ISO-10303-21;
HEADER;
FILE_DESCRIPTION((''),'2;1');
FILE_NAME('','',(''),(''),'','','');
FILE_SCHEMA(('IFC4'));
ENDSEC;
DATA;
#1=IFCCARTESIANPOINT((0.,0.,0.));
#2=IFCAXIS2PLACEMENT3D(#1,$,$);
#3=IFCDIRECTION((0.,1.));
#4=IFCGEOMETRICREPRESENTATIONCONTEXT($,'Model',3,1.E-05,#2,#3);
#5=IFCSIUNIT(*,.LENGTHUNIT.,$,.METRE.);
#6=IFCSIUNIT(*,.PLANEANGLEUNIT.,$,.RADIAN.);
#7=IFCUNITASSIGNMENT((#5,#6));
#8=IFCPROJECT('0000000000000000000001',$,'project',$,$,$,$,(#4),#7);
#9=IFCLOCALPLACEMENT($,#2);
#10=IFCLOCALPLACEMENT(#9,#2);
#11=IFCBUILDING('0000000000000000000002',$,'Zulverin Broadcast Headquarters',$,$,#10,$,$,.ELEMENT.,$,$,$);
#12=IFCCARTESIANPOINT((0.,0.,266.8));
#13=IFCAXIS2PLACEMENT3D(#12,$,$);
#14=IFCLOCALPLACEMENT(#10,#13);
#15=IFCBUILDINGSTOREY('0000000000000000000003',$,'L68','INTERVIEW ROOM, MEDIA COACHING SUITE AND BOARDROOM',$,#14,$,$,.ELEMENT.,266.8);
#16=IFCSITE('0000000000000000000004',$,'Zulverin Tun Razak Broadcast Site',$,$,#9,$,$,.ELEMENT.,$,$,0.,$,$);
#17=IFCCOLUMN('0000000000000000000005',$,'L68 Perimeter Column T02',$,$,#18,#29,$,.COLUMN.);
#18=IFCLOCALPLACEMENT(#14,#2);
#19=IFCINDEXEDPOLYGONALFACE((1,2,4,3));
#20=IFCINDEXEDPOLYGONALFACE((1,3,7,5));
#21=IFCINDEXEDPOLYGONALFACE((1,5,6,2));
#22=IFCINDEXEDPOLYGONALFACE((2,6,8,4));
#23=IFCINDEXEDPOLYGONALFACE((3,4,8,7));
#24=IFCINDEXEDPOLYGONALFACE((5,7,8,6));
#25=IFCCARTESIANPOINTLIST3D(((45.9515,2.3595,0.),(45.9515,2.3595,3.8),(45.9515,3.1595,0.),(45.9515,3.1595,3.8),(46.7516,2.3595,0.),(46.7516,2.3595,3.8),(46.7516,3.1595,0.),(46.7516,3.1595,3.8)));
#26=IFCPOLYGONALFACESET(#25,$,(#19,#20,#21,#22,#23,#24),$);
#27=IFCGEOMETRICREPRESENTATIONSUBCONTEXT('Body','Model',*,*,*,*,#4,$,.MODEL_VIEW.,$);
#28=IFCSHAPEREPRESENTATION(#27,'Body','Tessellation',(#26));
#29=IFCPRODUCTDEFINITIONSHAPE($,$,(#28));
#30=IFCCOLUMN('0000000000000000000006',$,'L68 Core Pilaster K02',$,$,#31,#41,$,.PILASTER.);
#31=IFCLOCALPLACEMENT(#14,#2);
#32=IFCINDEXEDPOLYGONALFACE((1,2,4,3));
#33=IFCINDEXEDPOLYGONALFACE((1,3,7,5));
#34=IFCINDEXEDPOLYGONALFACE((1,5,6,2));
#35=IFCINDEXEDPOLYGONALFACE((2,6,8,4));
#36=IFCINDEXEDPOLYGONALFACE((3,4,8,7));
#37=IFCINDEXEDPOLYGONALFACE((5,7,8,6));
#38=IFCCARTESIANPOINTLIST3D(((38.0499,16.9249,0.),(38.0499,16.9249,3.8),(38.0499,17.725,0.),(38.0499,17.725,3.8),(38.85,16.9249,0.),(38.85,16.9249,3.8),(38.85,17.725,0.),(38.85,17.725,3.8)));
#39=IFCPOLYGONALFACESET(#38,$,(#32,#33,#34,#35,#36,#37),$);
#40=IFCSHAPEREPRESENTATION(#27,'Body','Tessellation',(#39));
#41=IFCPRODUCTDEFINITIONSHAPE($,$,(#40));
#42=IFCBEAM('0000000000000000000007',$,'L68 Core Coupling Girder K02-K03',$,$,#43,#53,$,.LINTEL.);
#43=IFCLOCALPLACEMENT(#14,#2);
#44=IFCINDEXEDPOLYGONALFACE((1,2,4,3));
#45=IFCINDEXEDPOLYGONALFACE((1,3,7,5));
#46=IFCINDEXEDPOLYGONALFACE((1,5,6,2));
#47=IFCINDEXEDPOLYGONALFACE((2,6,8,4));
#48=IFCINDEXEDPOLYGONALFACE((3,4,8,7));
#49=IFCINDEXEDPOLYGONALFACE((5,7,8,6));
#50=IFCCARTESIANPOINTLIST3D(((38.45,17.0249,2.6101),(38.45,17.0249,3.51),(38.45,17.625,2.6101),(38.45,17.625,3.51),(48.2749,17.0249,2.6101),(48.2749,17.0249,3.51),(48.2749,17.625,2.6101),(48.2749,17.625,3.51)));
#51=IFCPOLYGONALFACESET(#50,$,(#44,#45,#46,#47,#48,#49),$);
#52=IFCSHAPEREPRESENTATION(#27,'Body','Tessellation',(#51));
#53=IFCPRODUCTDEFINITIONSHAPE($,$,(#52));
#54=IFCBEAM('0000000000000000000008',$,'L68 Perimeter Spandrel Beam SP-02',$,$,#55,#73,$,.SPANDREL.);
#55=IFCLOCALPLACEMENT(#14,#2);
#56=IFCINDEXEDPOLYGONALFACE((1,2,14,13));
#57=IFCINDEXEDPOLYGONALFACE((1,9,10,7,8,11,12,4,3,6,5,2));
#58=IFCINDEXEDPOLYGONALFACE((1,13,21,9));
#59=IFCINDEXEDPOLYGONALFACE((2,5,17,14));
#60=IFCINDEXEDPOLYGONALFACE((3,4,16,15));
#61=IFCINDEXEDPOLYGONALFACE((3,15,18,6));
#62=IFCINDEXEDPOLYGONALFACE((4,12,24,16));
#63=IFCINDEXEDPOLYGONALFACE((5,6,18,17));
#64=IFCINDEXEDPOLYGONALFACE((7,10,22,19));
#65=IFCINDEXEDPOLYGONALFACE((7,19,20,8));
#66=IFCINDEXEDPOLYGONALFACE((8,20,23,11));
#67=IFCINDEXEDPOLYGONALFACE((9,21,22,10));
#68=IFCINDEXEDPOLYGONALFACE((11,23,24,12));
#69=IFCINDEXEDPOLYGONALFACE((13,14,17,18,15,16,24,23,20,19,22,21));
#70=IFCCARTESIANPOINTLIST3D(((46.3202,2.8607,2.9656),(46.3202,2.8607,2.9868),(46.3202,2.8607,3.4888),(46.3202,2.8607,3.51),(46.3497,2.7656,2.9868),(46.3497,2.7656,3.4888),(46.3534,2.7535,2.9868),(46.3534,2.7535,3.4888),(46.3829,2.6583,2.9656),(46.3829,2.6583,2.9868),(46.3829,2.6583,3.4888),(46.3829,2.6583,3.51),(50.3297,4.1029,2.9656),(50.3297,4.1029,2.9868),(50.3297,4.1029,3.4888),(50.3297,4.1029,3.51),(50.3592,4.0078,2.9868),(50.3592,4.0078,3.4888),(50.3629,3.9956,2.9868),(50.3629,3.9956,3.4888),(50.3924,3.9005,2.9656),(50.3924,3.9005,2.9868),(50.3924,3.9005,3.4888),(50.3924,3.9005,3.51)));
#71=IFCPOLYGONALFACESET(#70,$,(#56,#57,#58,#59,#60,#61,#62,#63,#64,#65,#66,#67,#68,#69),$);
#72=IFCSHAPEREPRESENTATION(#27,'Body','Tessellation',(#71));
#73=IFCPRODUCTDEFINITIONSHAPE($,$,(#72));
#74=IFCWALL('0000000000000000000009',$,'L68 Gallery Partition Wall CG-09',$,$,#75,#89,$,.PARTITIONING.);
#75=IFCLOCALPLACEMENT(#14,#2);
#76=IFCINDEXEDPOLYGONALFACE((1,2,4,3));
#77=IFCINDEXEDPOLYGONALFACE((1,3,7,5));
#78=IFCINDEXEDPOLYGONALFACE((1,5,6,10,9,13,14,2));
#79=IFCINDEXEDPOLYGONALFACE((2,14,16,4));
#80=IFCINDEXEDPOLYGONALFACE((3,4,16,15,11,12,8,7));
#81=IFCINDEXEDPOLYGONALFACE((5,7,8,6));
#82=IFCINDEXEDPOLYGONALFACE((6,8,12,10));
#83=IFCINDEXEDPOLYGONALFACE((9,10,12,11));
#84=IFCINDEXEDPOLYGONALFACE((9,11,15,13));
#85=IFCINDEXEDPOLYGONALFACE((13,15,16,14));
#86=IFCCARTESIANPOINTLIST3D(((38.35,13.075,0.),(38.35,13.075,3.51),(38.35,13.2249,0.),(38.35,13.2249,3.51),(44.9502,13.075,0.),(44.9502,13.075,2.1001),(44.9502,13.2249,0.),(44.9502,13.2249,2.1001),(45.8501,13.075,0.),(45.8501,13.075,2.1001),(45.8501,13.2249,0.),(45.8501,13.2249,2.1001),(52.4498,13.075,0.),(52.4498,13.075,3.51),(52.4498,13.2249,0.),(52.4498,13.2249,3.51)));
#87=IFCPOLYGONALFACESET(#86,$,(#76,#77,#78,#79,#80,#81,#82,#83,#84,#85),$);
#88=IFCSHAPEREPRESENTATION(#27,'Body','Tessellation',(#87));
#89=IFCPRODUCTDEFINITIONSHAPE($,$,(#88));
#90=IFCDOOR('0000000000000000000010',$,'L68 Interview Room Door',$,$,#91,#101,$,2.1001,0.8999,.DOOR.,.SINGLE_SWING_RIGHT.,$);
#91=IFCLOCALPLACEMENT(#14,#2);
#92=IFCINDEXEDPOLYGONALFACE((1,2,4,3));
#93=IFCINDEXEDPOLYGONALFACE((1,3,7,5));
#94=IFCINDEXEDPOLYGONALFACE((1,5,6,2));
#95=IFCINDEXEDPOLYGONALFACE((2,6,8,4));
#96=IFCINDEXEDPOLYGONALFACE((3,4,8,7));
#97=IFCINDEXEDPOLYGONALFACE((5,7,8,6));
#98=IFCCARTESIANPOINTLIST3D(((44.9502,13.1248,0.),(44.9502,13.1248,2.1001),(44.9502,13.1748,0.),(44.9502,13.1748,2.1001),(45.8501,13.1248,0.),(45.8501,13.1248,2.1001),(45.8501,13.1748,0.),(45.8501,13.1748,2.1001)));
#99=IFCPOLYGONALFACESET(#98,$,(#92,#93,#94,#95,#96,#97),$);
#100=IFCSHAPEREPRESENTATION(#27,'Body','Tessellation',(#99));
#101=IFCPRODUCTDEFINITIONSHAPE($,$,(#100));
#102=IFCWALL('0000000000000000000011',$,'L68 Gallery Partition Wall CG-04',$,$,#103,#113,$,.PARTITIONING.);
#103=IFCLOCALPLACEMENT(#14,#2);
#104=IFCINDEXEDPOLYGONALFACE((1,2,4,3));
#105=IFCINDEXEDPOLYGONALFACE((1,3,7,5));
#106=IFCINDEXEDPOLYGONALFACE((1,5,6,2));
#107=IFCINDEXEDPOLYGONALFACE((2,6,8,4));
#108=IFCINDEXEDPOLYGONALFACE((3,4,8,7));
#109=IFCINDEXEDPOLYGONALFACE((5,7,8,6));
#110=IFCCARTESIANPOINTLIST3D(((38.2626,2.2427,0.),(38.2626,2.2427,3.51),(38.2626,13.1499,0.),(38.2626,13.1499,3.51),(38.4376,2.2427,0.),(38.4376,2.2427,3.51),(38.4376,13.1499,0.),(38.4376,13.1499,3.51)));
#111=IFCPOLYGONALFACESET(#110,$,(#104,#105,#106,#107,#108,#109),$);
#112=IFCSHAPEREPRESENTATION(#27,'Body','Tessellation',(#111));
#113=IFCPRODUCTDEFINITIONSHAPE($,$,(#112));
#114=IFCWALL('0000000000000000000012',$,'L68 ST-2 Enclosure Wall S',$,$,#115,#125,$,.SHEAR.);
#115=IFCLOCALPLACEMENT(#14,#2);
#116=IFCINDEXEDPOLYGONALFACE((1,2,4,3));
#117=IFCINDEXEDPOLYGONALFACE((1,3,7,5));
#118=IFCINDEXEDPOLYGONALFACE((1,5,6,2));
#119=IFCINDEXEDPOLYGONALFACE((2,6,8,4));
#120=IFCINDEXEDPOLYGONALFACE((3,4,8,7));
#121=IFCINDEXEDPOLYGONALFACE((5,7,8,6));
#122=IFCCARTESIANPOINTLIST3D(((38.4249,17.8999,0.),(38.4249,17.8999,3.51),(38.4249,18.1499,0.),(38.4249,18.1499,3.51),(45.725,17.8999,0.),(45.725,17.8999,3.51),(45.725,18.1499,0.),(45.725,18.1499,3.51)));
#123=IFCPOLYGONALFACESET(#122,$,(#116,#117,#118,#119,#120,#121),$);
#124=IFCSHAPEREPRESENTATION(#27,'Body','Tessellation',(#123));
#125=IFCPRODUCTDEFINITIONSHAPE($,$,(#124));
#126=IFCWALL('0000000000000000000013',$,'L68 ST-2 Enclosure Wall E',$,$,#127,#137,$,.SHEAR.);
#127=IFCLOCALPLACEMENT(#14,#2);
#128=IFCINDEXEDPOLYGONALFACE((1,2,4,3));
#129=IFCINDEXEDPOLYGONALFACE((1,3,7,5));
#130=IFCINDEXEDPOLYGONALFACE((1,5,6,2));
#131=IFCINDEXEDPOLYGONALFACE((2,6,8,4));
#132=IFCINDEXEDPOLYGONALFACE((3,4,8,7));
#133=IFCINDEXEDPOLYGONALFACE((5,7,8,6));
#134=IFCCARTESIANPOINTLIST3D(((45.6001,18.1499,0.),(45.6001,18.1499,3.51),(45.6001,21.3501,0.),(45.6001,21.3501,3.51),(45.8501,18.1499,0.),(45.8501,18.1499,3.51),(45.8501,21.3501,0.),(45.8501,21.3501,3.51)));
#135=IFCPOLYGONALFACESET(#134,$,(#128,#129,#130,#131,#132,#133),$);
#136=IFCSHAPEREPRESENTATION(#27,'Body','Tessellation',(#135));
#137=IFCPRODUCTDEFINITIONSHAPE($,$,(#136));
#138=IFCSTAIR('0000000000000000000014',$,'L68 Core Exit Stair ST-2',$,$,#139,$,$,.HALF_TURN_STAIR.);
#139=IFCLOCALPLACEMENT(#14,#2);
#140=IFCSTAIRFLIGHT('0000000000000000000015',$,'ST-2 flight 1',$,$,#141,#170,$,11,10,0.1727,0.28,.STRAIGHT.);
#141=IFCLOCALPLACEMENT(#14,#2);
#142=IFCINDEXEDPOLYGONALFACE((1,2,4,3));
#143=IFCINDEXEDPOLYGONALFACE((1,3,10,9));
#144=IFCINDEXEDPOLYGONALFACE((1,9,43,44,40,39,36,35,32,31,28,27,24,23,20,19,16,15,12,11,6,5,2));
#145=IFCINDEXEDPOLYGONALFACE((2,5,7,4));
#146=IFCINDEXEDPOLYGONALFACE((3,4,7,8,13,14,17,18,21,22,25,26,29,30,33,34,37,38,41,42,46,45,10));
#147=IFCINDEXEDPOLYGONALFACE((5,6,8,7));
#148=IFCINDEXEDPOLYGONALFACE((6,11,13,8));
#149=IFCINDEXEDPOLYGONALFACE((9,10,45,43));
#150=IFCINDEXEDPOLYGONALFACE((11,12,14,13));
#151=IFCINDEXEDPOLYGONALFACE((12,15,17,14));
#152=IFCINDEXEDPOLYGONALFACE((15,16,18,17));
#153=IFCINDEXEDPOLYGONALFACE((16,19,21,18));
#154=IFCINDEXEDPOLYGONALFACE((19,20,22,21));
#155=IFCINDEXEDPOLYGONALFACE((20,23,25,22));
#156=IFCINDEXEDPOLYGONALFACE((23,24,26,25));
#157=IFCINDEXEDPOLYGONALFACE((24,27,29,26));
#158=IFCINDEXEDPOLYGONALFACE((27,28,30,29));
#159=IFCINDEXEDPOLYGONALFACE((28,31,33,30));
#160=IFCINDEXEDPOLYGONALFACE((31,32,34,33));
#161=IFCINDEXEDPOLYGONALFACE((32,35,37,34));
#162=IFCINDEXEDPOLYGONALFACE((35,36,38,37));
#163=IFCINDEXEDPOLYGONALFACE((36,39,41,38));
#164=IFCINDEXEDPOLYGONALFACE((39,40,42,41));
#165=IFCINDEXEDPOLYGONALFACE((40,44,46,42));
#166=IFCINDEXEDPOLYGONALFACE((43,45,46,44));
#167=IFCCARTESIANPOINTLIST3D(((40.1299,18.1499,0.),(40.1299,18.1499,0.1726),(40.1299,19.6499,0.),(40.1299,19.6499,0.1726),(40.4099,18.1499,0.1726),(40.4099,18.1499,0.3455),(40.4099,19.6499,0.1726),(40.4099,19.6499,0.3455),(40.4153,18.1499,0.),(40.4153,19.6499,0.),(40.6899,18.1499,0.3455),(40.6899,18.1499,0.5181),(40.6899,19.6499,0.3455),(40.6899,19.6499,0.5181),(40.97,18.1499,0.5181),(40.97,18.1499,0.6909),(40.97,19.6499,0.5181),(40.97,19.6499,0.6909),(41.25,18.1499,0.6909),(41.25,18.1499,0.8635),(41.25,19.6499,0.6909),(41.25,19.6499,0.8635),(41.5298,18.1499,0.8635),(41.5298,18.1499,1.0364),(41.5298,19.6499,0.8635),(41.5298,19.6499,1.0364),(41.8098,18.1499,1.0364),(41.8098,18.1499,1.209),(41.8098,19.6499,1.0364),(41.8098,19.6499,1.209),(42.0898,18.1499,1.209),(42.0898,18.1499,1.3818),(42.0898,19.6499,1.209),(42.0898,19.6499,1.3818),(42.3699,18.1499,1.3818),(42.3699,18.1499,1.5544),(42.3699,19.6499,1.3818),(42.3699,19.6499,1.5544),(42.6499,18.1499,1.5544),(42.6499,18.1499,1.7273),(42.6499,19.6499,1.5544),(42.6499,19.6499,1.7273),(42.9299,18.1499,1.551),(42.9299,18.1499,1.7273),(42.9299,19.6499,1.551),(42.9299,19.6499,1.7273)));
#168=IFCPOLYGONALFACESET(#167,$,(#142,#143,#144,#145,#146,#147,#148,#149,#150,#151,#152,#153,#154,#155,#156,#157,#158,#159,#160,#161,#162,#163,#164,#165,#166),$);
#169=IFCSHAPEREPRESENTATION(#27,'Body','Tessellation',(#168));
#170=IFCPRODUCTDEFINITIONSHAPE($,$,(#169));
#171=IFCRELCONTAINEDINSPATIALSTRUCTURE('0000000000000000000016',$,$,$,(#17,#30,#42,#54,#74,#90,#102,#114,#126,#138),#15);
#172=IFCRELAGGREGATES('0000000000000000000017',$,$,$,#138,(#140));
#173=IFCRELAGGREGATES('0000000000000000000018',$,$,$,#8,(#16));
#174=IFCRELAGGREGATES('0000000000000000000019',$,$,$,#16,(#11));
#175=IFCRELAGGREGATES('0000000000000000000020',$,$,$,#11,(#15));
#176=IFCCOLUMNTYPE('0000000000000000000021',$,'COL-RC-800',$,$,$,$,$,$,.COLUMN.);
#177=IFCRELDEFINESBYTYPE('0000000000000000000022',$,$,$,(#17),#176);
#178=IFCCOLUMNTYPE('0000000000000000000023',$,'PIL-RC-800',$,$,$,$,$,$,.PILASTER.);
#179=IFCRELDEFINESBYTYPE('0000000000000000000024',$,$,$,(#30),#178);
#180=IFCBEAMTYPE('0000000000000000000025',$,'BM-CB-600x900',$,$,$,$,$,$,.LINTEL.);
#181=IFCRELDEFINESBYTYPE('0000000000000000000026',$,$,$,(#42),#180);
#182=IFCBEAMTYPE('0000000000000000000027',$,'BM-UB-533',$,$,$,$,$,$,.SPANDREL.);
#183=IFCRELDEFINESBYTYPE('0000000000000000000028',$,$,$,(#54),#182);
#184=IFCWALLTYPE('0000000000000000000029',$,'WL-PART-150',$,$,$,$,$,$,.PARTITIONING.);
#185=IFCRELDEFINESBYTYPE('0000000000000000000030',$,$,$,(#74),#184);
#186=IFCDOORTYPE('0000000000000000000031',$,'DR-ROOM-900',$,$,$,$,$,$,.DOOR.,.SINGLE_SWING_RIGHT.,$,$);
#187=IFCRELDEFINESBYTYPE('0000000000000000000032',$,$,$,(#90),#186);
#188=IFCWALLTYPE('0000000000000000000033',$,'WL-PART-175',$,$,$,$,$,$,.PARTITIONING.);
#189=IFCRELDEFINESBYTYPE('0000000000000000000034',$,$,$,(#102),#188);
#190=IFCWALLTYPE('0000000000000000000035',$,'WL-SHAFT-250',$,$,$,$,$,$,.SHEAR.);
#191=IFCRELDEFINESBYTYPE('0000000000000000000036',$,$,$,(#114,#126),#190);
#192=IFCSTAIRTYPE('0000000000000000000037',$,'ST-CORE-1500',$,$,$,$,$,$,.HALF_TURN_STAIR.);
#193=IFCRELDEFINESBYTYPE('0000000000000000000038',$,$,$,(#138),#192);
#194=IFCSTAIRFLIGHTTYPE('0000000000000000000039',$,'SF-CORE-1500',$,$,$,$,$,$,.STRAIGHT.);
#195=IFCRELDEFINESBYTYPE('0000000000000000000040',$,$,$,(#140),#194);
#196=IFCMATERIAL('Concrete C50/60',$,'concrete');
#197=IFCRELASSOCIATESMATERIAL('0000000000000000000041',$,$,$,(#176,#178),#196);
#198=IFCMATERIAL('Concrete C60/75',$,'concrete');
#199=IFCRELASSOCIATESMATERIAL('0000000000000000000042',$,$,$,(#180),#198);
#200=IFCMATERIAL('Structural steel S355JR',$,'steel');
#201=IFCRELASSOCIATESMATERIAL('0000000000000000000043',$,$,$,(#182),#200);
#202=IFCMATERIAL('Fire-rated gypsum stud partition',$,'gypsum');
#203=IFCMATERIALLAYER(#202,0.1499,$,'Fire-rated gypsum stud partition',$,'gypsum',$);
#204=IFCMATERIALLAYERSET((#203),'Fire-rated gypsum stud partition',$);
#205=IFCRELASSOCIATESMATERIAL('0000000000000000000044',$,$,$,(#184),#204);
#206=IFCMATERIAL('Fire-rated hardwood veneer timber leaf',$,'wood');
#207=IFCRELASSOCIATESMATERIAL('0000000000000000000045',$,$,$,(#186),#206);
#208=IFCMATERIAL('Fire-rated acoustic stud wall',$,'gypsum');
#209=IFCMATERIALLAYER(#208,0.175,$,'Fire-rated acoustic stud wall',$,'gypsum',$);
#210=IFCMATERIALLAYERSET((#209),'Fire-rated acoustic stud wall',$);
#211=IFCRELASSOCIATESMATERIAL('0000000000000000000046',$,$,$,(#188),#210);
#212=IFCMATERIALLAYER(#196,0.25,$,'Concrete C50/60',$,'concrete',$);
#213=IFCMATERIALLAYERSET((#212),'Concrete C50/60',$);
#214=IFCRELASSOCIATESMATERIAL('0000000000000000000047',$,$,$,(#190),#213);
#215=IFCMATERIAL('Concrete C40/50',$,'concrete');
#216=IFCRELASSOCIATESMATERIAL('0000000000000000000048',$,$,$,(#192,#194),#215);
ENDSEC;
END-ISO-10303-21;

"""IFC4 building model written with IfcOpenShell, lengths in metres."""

from ifc_helpers import new_model, si_unit, direction, frame, frame_2d, origin, origin_2d, place, context, subcontext, project, spatial, polyline, rectangle, i_section, outline, extrude, material, layer, layer_set, material_profile, profile_set, type_object, element, fill, aggregate, save


model = new_model("IFC4")

# Units and contexts
model_context = context("Model", 3, precision=1e-05, world=origin(), true_north=direction((0.0, 1.0)))
body_context = subcontext(model_context, "Body", "Model", "MODEL_VIEW")
ifc_project = project(units=[si_unit("LENGTHUNIT", "METRE"), si_unit("PLANEANGLEUNIT", "RADIAN")], contexts=[model_context])

# Site, building, storey
site_placement = place(None, origin())
site = spatial("IfcSite", under=ifc_project, at=site_placement, Name="Zulverin Tun Razak Broadcast Site", CompositionType="ELEMENT", RefElevation=0.0)
building_placement = place(site_placement, origin())
building = spatial("IfcBuilding", under=site, at=building_placement, Name="Zulverin Broadcast Headquarters", CompositionType="ELEMENT")
storey_placement = place(building_placement, frame((0.0, 0.0, 266.8)))
storey = spatial("IfcBuildingStorey", under=building, at=storey_placement, Name="L68", Description="INTERVIEW ROOM, MEDIA COACHING SUITE AND BOARDROOM", CompositionType="ELEMENT", Elevation=266.8)

# Columns
ifc_material_1 = material(Name="Concrete C50/60", Category="concrete")
ifc_material_profile_1 = material_profile(ifc_material_1, rectangle(XDim=0.8, YDim=0.8, at=origin_2d()), Name="Concrete C50/60", Category="concrete")
ifc_profile_set_1 = profile_set([ifc_material_profile_1], Name="Concrete C50/60")
column_type_1 = type_object("IfcColumnType", Name="COL-RC-800", PredefinedType="COLUMN", material=ifc_profile_set_1)
column_1_placement = place(storey_placement, frame((46.3516, 2.7595, 0.0), z_axis=(0.0, 0.0, 1.0), x_axis=(1.0, 0.0, 0.0)))
element("IfcColumn", 1, at=column_1_placement, inside=storey, type_object=column_type_1, Name="L68 Perimeter Column T02", PredefinedType="COLUMN", context=body_context, shape_type="SweptSolid", body=[
    extrude(rectangle(XDim=0.8, YDim=0.8, at=origin_2d()), origin(), (0.0, 0.0, 1.0), 3.8),
])
ifc_material_profile_2 = material_profile(ifc_material_1, rectangle(XDim=0.8, YDim=0.8, at=origin_2d()), Name="Concrete C50/60", Category="concrete")
ifc_profile_set_2 = profile_set([ifc_material_profile_2], Name="Concrete C50/60")
column_type_2 = type_object("IfcColumnType", Name="PIL-RC-800", PredefinedType="PILASTER", material=ifc_profile_set_2)
column_2_placement = place(storey_placement, frame((38.45, 17.325, 0.0), z_axis=(0.0, 0.0, 1.0), x_axis=(1.0, 0.0, 0.0)))
element("IfcColumn", 2, at=column_2_placement, inside=storey, type_object=column_type_2, Name="L68 Core Pilaster K02", PredefinedType="PILASTER", context=body_context, shape_type="SweptSolid", body=[
    extrude(rectangle(XDim=0.8, YDim=0.8, at=origin_2d()), origin(), (0.0, 0.0, 1.0), 3.8),
])

# Beams
ifc_material_2 = material(Name="Concrete C60/75", Category="concrete")
ifc_material_profile_3 = material_profile(ifc_material_2, rectangle(XDim=0.6001, YDim=0.8999, at=origin_2d()), Name="Concrete C60/75", Category="concrete")
ifc_profile_set_3 = profile_set([ifc_material_profile_3], Name="Concrete C60/75")
beam_type_1 = type_object("IfcBeamType", Name="BM-CB-600x900", PredefinedType="LINTEL", material=ifc_profile_set_3)
beam_1_placement = place(storey_placement, frame((38.45, 17.325, 3.0601), z_axis=(1.0, 0.0, 0.0), x_axis=(0.0, 1.0, 0.0)))
element("IfcBeam", 3, at=beam_1_placement, inside=storey, type_object=beam_type_1, Name="L68 Core Coupling Girder K02-K03", PredefinedType="LINTEL", context=body_context, shape_type="SweptSolid", body=[
    extrude(rectangle(XDim=0.6001, YDim=0.8999, at=origin_2d()), origin(), (0.0, 0.0, 1.0), 9.825),
])
ifc_material_3 = material(Name="Structural steel S355JR", Category="steel")
ifc_material_profile_4 = material_profile(ifc_material_3, i_section(OverallWidth=0.2119, OverallDepth=0.5444, WebThickness=0.0127, FlangeThickness=0.0212, at=origin_2d()), Name="Structural steel S355JR", Category="steel")
ifc_profile_set_4 = profile_set([ifc_material_profile_4], Name="Structural steel S355JR")
beam_type_2 = type_object("IfcBeamType", Name="BM-UB-533", PredefinedType="SPANDREL", material=ifc_profile_set_4)
beam_2_placement = place(storey_placement, frame((46.3516, 2.7595, 3.2378), z_axis=(0.955209, 0.295933, 0.0), x_axis=(-0.295933, 0.955209, 0.0)))
element("IfcBeam", 4, at=beam_2_placement, inside=storey, type_object=beam_type_2, Name="L68 Perimeter Spandrel Beam SP-02", PredefinedType="SPANDREL", context=body_context, shape_type="SweptSolid", body=[
    extrude(i_section(OverallWidth=0.2119, OverallDepth=0.5444, WebThickness=0.0127, FlangeThickness=0.0212, at=origin_2d()), origin(), (0.0, 0.0, 1.0), 4.1975),
])

# Wall, opening, door
ifc_material_4 = material(Name="Fire-rated gypsum stud partition", Category="gypsum")
ifc_layer_1 = layer(ifc_material_4, 0.1499, Name="Fire-rated gypsum stud partition", Category="gypsum")
ifc_layer_set_1 = layer_set([ifc_layer_1], Name="Fire-rated gypsum stud partition")
wall_type_1 = type_object("IfcWallType", Name="WL-PART-150", PredefinedType="PARTITIONING", material=ifc_layer_set_1)
wall_1_placement = place(storey_placement, frame((38.3501, 13.1499, 0.0), z_axis=(0.0, 0.0, 1.0), x_axis=(1.0, 0.0, 0.0)))
wall_1 = element("IfcWall", 5, at=wall_1_placement, inside=storey, type_object=wall_type_1, Name="L68 Gallery Partition Wall CG-09", PredefinedType="PARTITIONING", context=body_context, shape_type="SweptSolid", body=[
    extrude(rectangle(XDim=14.0999, YDim=0.1499, at=frame_2d((7.0498, 0.0))), origin(), (0.0, 0.0, 1.0), 3.51),
])
opening_1_placement = place(wall_1_placement, frame((6.6001, 0.0, 0.0)))
opening_1 = element("IfcOpeningElement", 6, at=opening_1_placement, cuts=wall_1, PredefinedType="OPENING", context=body_context, shape_type="SweptSolid", body=[
    extrude(rectangle(XDim=0.8999, YDim=2.1001, at=frame_2d((0.45, 1.05))), frame((0.0, 0.085, 0.0), z_axis=(0.0, -1.0, 0.0), x_axis=(1.0, 0.0, 0.0)), (0.0, 0.0, 1.0), 0.1699),
])
ifc_material_5 = material(Name="Fire-rated hardwood veneer timber leaf", Category="wood")
door_type_1 = type_object("IfcDoorType", Name="DR-ROOM-900", OperationType="SINGLE_SWING_RIGHT", PredefinedType="DOOR", material=ifc_material_5)
door_1_placement = place(opening_1_placement, origin())
door_1 = element("IfcDoor", 7, at=door_1_placement, inside=storey, type_object=door_type_1, Name="L68 Interview Room Door", OperationType="SINGLE_SWING_RIGHT", OverallHeight=2.1001, OverallWidth=0.8999, PredefinedType="DOOR", context=body_context, shape_type="SweptSolid", body=[
    extrude(rectangle(XDim=0.8999, YDim=2.1001, at=frame_2d((0.45, 1.05))), frame((0.0, 0.0249, 0.0), z_axis=(0.0, -1.0, 0.0), x_axis=(1.0, 0.0, 0.0)), (0.0, 0.0, 1.0), 0.05),
])
fill(opening_1, door_1)

# Walls
ifc_material_6 = material(Name="Fire-rated acoustic stud wall", Category="gypsum")
ifc_layer_2 = layer(ifc_material_6, 0.175, Name="Fire-rated acoustic stud wall", Category="gypsum")
ifc_layer_set_2 = layer_set([ifc_layer_2], Name="Fire-rated acoustic stud wall")
wall_type_2 = type_object("IfcWallType", Name="WL-PART-175", PredefinedType="PARTITIONING", material=ifc_layer_set_2)
wall_2_placement = place(storey_placement, frame((38.3501, 2.2427, 0.0), z_axis=(0.0, 0.0, 1.0), x_axis=(0.0, 1.0, 0.0)))
element("IfcWall", 8, at=wall_2_placement, inside=storey, type_object=wall_type_2, Name="L68 Gallery Partition Wall CG-04", PredefinedType="PARTITIONING", context=body_context, shape_type="SweptSolid", body=[
    extrude(rectangle(XDim=10.9072, YDim=0.175, at=frame_2d((5.4536, 0.0))), origin(), (0.0, 0.0, 1.0), 3.51),
])
ifc_layer_3 = layer(ifc_material_1, 0.25, Name="Concrete C50/60", Category="concrete")
ifc_layer_set_3 = layer_set([ifc_layer_3], Name="Concrete C50/60")
wall_type_3 = type_object("IfcWallType", Name="WL-SHAFT-250", PredefinedType="SHEAR", material=ifc_layer_set_3)
wall_3_placement = place(storey_placement, frame((38.425, 18.0249, 0.0), z_axis=(0.0, 0.0, 1.0), x_axis=(1.0, 0.0, 0.0)))
element("IfcWall", 9, at=wall_3_placement, inside=storey, type_object=wall_type_3, Name="L68 ST-2 Enclosure Wall S", PredefinedType="SHEAR", context=body_context, shape_type="SweptSolid", body=[
    extrude(rectangle(XDim=7.3, YDim=0.25, at=frame_2d((3.6499, 0.0))), origin(), (0.0, 0.0, 1.0), 3.51),
])

# Wall
wall_4_placement = place(storey_placement, frame((45.7251, 18.1499, 0.0), z_axis=(0.0, 0.0, 1.0), x_axis=(0.0, 1.0, 0.0)))
element("IfcWall", 10, at=wall_4_placement, inside=storey, type_object=wall_type_3, Name="L68 ST-2 Enclosure Wall E", PredefinedType="SHEAR", context=body_context, shape_type="SweptSolid", body=[
    extrude(rectangle(XDim=3.2002, YDim=0.25, at=frame_2d((1.6001, 0.0))), origin(), (0.0, 0.0, 1.0), 3.51),
])

# Stair, stair flight
ifc_material_7 = material(Name="Concrete C40/50", Category="concrete")
stair_type = type_object("IfcStairType", Name="ST-CORE-1500", PredefinedType="HALF_TURN_STAIR", material=ifc_material_7)
stair_placement = place(storey_placement, origin())
stair = element("IfcStair", 11, at=stair_placement, inside=storey, type_object=stair_type, Name="L68 Core Exit Stair ST-2", PredefinedType="HALF_TURN_STAIR")
stair_flight_type = type_object("IfcStairFlightType", Name="SF-CORE-1500", PredefinedType="STRAIGHT", material=ifc_material_7)
stair_flight_placement = place(storey_placement, frame((40.1299, 18.8999, 0.0), z_axis=(0.0, 0.0, 1.0), x_axis=(1.0, 0.0, 0.0)))
stair_flight = element("IfcStairFlight", 12, at=stair_flight_placement, type_object=stair_flight_type, Name="ST-2 flight 1", NumberOfRisers=11, NumberOfTreads=10, PredefinedType="STRAIGHT", RiserHeight=0.1727, TreadLength=0.28, context=body_context, shape_type="SweptSolid", body=[
    extrude(outline(polyline([(0.0, 0.0), (0.0, 0.1726), (0.28, 0.1726), (0.28, 0.3455), (0.5601, 0.3455), (0.5601, 0.5181), (0.8401, 0.5181), (0.8401, 0.6909), (1.1201, 0.6909), (1.1201, 0.8635), (1.3999, 0.8635), (1.3999, 1.0364), (1.6799, 1.0364), (1.6799, 1.209), (1.96, 1.209), (1.96, 1.3818), (2.24, 1.3818), (2.24, 1.5544), (2.52, 1.5544), (2.52, 1.7273), (2.8, 1.7273), (2.8, 1.8999), (2.8, 1.551), (0.2854, 0.0), (0.0, 0.0)])), frame((0.0, 0.75, 0.0), z_axis=(0.0, -1.0, 0.0), x_axis=(1.0, 0.0, 0.0)), (0.0, 0.0, 1.0), 1.5),
])
aggregate(stair, [stair_flight])

save(model, "model.ifc")
